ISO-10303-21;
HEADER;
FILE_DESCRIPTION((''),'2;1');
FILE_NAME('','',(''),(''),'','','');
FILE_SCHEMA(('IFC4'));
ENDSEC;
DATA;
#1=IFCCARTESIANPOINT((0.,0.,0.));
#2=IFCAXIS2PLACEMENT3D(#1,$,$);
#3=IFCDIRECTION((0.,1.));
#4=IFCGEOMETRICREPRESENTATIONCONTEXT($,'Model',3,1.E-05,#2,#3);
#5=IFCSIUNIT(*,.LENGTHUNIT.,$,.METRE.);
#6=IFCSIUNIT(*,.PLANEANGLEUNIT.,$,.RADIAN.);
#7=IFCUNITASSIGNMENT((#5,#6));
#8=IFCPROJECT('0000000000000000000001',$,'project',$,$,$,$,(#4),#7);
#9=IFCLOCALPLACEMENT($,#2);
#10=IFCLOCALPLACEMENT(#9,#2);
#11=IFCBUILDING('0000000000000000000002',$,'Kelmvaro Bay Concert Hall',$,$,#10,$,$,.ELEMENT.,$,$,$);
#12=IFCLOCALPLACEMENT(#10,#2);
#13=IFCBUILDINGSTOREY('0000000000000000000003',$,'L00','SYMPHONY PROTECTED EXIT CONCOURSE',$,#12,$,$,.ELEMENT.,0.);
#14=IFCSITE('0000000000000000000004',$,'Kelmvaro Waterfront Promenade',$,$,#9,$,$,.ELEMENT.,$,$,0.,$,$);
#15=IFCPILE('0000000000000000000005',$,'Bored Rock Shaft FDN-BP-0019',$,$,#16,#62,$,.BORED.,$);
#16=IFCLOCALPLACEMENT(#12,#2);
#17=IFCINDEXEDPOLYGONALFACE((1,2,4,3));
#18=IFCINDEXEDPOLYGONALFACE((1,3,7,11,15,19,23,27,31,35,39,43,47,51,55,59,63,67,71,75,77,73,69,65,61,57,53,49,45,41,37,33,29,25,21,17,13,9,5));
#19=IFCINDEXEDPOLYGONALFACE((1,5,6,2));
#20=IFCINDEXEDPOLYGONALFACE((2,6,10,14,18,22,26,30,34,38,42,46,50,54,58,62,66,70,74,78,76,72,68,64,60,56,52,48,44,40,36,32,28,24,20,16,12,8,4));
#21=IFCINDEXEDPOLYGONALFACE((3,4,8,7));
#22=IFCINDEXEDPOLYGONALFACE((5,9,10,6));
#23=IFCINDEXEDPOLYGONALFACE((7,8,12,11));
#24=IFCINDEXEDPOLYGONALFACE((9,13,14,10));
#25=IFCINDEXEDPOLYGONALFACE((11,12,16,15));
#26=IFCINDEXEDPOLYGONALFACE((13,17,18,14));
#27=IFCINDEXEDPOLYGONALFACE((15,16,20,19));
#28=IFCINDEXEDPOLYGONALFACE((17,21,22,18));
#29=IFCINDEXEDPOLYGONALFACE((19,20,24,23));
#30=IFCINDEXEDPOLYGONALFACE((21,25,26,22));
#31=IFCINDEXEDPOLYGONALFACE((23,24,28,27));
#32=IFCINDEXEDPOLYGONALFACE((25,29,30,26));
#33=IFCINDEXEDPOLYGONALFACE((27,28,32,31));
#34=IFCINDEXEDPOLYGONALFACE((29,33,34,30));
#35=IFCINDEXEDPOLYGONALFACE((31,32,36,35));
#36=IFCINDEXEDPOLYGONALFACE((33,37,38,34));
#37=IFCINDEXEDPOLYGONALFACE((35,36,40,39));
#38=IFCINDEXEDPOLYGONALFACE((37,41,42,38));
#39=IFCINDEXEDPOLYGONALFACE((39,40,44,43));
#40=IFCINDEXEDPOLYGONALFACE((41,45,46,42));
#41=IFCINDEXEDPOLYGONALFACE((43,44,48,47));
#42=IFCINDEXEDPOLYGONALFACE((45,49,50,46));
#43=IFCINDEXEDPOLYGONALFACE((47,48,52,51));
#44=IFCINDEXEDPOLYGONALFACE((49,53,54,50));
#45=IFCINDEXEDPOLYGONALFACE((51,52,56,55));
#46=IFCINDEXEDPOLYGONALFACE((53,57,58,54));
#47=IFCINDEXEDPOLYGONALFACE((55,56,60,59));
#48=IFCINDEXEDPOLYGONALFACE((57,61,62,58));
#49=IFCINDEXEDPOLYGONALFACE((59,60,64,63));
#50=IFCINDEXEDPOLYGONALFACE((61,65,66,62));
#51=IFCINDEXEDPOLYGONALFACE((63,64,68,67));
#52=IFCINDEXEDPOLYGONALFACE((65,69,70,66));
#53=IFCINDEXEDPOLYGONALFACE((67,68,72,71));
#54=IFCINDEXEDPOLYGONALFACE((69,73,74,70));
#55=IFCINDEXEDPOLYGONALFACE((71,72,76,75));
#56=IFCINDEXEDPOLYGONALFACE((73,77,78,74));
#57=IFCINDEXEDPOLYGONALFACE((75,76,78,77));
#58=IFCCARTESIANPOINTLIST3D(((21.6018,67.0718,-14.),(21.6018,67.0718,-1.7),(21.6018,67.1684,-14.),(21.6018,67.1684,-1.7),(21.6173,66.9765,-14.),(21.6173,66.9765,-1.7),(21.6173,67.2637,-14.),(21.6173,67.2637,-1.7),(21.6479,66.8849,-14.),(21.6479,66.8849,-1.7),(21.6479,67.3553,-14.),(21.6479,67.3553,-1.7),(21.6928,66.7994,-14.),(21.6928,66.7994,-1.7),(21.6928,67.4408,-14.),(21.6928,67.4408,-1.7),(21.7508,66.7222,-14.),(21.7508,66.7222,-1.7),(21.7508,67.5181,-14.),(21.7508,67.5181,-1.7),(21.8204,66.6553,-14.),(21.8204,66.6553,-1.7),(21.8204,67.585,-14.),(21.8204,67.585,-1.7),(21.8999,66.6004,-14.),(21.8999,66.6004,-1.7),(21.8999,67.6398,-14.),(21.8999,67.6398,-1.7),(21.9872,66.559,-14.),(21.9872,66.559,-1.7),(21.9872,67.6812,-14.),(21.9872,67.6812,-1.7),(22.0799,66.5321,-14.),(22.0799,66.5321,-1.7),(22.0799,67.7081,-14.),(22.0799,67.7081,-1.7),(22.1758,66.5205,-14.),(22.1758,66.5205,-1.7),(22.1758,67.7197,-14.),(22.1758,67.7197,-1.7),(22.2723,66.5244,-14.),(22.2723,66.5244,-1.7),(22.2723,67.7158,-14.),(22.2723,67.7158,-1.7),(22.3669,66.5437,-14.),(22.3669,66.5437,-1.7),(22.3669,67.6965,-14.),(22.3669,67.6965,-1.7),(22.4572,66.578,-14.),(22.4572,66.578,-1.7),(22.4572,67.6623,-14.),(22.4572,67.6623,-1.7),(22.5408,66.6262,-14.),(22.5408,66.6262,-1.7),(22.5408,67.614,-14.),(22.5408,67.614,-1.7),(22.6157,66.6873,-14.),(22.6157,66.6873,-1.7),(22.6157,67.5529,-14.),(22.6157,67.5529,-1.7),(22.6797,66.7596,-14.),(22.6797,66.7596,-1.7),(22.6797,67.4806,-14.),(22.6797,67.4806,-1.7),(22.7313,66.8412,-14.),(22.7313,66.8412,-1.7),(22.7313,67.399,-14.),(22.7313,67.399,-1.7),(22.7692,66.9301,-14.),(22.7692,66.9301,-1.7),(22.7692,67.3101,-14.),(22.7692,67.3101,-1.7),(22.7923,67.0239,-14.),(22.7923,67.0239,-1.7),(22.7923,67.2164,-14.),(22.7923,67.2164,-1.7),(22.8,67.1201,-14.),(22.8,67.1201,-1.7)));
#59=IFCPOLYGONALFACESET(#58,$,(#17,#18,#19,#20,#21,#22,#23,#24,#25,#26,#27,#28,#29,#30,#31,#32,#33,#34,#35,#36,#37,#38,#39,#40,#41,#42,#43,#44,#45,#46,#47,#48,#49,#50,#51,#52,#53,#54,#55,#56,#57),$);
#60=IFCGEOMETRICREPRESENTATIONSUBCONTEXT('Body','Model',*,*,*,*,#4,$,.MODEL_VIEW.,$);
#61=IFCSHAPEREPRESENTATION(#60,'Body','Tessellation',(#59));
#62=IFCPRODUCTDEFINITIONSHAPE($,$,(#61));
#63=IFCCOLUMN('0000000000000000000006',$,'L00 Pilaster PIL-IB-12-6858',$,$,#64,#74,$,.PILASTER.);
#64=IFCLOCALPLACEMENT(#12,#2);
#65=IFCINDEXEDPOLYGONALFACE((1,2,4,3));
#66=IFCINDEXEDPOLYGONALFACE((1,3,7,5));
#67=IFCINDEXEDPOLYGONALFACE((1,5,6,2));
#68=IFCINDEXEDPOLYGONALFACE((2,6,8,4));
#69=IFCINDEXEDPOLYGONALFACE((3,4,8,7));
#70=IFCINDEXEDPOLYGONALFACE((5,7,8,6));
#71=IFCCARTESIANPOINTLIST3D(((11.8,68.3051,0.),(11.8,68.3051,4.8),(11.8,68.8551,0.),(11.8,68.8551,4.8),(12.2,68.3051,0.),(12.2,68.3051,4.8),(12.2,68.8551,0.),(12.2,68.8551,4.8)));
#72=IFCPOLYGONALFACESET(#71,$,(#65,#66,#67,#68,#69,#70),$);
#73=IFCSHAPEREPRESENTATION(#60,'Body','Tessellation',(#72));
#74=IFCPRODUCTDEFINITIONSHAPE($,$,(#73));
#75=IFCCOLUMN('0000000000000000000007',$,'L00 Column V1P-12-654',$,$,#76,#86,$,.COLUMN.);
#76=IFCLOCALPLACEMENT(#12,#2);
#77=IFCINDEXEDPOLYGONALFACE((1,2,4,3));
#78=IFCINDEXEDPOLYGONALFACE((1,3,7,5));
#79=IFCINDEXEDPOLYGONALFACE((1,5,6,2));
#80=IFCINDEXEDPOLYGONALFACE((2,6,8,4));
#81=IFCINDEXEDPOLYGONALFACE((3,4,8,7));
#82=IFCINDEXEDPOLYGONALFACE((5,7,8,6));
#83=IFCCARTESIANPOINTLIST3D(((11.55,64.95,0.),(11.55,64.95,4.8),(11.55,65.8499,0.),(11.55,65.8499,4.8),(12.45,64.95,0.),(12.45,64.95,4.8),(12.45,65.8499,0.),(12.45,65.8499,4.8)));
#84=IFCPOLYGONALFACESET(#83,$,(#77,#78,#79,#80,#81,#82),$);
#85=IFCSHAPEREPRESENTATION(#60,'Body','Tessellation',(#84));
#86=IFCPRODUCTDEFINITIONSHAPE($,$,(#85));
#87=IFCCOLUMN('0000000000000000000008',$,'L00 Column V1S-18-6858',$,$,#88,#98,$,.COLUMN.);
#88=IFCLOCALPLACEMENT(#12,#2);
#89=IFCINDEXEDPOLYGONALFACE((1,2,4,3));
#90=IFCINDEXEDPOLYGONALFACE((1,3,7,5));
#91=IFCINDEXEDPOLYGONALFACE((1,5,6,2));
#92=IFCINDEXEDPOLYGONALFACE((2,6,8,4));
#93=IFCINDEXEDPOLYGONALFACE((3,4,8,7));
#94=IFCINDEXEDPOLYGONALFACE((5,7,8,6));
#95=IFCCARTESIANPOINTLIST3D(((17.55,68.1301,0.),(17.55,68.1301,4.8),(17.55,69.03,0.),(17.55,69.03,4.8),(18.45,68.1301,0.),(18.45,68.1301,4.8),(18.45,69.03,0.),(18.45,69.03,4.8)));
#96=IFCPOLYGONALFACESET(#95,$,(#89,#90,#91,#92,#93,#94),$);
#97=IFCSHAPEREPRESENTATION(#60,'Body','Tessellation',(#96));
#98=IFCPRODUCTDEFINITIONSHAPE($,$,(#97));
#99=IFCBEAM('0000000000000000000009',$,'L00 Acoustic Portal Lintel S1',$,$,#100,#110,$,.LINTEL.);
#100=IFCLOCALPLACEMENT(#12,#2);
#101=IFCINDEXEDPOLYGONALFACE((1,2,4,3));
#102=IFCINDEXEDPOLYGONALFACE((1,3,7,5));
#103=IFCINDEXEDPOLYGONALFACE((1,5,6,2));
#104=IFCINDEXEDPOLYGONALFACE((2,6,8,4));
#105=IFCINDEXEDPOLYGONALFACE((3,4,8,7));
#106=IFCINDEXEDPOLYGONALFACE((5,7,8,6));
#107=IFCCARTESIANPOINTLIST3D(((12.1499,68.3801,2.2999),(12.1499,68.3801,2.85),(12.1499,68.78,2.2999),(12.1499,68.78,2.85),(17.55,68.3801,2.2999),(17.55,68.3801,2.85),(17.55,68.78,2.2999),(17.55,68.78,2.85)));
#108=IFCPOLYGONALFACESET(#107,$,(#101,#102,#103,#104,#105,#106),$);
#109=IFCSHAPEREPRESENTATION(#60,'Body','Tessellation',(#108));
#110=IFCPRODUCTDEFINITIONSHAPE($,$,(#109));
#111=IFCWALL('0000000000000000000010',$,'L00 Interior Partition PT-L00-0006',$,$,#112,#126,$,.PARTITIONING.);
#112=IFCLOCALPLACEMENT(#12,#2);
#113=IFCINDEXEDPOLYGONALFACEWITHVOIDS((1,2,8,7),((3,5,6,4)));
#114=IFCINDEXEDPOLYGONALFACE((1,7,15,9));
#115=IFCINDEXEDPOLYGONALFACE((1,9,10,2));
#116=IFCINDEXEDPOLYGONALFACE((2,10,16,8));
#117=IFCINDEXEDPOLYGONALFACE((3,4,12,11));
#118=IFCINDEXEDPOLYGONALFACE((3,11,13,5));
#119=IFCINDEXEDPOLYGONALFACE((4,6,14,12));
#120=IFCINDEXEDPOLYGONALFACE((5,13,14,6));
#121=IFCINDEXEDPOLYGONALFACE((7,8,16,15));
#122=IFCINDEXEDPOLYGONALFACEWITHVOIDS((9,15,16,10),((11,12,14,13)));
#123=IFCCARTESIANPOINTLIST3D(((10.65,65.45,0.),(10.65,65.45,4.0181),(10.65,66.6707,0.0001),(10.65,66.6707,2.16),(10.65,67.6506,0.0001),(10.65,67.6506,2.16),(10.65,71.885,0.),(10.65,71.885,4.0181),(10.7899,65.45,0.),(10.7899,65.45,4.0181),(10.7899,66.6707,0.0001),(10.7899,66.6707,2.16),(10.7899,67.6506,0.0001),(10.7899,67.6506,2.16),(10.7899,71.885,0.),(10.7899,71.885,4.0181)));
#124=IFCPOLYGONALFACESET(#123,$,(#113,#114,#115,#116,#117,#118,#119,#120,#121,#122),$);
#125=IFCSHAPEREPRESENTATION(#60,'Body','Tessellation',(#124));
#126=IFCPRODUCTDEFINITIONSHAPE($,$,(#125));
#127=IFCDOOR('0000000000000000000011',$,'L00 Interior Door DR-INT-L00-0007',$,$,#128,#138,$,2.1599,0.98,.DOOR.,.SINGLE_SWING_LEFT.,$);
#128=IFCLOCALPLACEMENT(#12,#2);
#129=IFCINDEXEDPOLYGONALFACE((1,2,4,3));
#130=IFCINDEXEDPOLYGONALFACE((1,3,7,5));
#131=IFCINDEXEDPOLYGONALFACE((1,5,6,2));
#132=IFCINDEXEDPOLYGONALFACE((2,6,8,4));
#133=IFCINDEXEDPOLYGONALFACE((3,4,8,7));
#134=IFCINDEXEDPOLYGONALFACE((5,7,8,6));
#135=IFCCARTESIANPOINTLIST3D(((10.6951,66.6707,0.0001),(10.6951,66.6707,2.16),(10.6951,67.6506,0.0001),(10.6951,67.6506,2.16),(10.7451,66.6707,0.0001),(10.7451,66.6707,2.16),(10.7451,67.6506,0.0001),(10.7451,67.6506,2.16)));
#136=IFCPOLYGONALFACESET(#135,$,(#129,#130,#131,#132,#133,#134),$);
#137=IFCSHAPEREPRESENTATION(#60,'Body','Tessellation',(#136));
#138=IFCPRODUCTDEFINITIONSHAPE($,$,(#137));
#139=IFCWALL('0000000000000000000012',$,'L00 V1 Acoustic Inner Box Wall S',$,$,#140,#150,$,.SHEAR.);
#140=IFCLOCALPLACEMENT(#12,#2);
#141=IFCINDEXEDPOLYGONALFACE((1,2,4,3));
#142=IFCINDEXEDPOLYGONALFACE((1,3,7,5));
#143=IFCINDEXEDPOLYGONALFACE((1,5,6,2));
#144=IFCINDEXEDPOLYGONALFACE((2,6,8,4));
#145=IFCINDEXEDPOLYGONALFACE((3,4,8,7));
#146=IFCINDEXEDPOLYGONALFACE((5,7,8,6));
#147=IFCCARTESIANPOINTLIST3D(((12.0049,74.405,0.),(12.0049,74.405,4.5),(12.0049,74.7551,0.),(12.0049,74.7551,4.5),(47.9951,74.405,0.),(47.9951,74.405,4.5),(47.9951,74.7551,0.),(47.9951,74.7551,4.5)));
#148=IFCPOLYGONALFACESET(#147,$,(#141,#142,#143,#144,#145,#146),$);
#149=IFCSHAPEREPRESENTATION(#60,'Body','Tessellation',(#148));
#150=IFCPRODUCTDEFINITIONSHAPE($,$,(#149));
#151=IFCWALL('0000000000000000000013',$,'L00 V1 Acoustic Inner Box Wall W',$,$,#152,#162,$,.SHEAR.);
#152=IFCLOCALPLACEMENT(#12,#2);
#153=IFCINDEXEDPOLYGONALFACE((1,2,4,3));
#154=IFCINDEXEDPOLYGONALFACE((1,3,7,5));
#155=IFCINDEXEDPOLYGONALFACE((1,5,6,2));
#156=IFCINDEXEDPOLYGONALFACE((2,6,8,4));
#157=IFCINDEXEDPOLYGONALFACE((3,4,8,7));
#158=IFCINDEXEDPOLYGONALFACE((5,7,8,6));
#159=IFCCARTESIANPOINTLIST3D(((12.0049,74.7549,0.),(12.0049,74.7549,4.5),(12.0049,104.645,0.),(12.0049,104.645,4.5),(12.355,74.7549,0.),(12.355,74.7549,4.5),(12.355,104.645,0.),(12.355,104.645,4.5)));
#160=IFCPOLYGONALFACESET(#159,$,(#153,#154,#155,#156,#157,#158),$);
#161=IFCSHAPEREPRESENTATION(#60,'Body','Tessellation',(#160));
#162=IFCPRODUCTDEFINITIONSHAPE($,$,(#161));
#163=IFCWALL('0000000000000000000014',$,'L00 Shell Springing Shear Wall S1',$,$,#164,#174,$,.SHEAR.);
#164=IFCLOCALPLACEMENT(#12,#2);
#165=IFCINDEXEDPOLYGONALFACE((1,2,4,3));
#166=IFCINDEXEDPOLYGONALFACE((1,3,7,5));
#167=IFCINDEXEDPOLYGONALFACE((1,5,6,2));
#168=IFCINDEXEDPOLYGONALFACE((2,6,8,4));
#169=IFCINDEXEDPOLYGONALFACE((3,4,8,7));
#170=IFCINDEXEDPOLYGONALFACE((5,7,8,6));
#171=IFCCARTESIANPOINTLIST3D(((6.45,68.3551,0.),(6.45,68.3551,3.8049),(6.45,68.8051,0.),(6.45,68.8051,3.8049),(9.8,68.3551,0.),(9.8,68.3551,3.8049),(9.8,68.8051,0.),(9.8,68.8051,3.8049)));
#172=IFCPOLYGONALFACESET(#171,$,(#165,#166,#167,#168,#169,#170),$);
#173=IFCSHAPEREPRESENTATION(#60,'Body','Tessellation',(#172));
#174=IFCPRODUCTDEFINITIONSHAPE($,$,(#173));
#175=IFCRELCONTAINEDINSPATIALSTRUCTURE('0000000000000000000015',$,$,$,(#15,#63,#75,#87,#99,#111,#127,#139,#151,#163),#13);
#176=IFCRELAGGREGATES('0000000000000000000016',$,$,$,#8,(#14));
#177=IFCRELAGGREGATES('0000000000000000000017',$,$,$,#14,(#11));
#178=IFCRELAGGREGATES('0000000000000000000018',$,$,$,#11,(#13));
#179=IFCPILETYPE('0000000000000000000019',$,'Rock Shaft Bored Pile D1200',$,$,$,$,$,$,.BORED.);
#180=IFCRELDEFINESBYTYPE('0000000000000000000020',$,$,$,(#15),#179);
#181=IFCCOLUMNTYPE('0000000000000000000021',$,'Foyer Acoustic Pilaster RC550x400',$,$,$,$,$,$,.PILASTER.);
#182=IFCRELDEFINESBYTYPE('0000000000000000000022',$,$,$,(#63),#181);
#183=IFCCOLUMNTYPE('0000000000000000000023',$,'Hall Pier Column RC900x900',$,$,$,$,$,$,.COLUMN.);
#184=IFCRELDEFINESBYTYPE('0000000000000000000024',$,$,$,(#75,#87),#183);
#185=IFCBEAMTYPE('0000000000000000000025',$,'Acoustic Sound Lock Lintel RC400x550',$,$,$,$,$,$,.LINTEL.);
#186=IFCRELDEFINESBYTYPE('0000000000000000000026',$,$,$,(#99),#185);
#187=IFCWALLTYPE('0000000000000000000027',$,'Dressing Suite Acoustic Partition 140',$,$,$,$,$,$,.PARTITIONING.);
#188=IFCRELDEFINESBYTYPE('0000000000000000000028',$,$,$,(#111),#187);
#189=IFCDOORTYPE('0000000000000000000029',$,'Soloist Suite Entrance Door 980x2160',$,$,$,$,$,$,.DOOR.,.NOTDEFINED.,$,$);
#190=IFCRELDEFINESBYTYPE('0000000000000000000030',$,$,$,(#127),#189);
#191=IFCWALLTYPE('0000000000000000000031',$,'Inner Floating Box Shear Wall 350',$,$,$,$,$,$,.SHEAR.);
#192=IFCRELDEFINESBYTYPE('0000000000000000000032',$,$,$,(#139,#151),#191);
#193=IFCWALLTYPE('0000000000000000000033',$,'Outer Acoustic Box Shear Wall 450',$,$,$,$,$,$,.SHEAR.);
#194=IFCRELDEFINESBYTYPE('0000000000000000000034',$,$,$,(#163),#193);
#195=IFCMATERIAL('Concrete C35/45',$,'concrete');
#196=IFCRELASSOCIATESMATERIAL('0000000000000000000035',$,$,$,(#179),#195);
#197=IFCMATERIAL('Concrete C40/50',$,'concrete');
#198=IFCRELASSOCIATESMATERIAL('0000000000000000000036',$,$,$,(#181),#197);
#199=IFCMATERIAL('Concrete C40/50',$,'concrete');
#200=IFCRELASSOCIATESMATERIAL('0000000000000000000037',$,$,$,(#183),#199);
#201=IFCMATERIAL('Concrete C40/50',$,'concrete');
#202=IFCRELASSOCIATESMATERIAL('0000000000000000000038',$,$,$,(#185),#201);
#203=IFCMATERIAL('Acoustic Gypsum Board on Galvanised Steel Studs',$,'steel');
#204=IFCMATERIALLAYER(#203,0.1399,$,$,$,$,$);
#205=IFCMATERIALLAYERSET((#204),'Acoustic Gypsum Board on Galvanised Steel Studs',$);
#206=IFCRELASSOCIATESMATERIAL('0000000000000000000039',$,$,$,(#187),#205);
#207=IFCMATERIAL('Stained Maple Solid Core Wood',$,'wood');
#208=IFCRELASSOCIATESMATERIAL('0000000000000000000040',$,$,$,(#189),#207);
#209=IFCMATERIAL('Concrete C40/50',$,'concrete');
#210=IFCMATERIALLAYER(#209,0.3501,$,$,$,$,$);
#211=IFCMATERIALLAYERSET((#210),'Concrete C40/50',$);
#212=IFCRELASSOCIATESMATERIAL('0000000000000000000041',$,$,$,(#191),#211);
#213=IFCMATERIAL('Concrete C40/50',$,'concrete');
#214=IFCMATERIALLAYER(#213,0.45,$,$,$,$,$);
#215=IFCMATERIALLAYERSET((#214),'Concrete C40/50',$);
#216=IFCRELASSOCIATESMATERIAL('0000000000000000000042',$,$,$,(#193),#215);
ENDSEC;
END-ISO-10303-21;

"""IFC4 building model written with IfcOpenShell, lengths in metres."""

from ifc_helpers import new_model, si_unit, direction, frame, frame_2d, origin, origin_2d, place, context, subcontext, project, spatial, rectangle, circle, extrude, material, layer, layer_set, material_profile, profile_set, type_object, element, fill, save


model = new_model("IFC4")

# Units and contexts
model_context = context("Model", 3, precision=1e-05, world=origin(), true_north=direction((0.0, 1.0)))
body_context = subcontext(model_context, "Body", "Model", "MODEL_VIEW")
ifc_project = project(units=[si_unit("LENGTHUNIT", "METRE"), si_unit("PLANEANGLEUNIT", "RADIAN")], contexts=[model_context])

# Site, building, storey
site_placement = place(None, origin())
site = spatial("IfcSite", under=ifc_project, at=site_placement, Name="Kelmvaro Waterfront Promenade", CompositionType="ELEMENT", RefElevation=0.0)
building_placement = place(site_placement, origin())
building = spatial("IfcBuilding", under=site, at=building_placement, Name="Kelmvaro Bay Concert Hall", CompositionType="ELEMENT")
storey_placement = place(building_placement, origin())
storey = spatial("IfcBuildingStorey", under=building, at=storey_placement, Name="L00", Description="SYMPHONY PROTECTED EXIT CONCOURSE", CompositionType="ELEMENT", Elevation=0.0)

# Pile
ifc_material_1 = material(Name="Concrete C35/45", Category="concrete")
ifc_material_profile_1 = material_profile(ifc_material_1, circle(Radius=0.6001, at=origin_2d()), Name="PILE-BORED-1200")
ifc_profile_set_1 = profile_set([ifc_material_profile_1], Name="Concrete C35/45")
pile_type_1 = type_object("IfcPileType", Name="Rock Shaft Bored Pile D1200", PredefinedType="BORED", material=ifc_profile_set_1)
for number, where, z_axis, x_axis, name in (
    (1, (22.2, 67.1201, -1.7), (0.0, 0.0, -1.0), (1.0, 0.0, 0.0), "Bored Rock Shaft FDN-BP-0019"),
):
    element("IfcPile", number, at=place(storey_placement, frame(where, z_axis=z_axis, x_axis=x_axis)), inside=storey, type_object=pile_type_1, Name=name, PredefinedType="BORED", context=body_context, shape_type="SweptSolid", body=[
        extrude(circle(Radius=0.6001, at=origin_2d()), origin(), (0.0, 0.0, 1.0), 12.3),
    ])

# Columns
ifc_material_2 = material(Name="Concrete C40/50", Category="concrete")
ifc_material_profile_2 = material_profile(ifc_material_2, rectangle(XDim=0.3999, YDim=0.55, at=origin_2d()), Name="RC-PIL-550X400")
ifc_profile_set_2 = profile_set([ifc_material_profile_2], Name="Concrete C40/50")
column_type_1 = type_object("IfcColumnType", Name="Foyer Acoustic Pilaster RC550x400", PredefinedType="PILASTER", material=ifc_profile_set_2)
column_placement = place(storey_placement, frame((12.0, 68.5801, 0.0), z_axis=(0.0, 0.0, 1.0), x_axis=(1.0, 0.0, 0.0)))
element("IfcColumn", 2, at=column_placement, inside=storey, type_object=column_type_1, Name="L00 Pilaster PIL-IB-12-6858", PredefinedType="PILASTER", context=body_context, shape_type="SweptSolid", body=[
    extrude(rectangle(XDim=0.3999, YDim=0.55, at=origin_2d()), origin(), (0.0, 0.0, 1.0), 4.8),
])
ifc_material_3 = material(Name="Concrete C40/50", Category="concrete")
ifc_material_profile_3 = material_profile(ifc_material_3, rectangle(XDim=0.8999, YDim=0.8999, at=origin_2d()), Name="RC-COL-900X900")
ifc_profile_set_3 = profile_set([ifc_material_profile_3], Name="Concrete C40/50")
column_type_2 = type_object("IfcColumnType", Name="Hall Pier Column RC900x900", PredefinedType="COLUMN", material=ifc_profile_set_3)
for number, where, z_axis, x_axis, name in (
    (3, (12.0, 65.3999, 0.0), (0.0, 0.0, 1.0), (1.0, 0.0, 0.0), "L00 Column V1P-12-654"),
    (4, (18.0, 68.5801, 0.0), (0.0, 0.0, 1.0), (1.0, 0.0, 0.0), "L00 Column V1S-18-6858"),
):
    element("IfcColumn", number, at=place(storey_placement, frame(where, z_axis=z_axis, x_axis=x_axis)), inside=storey, type_object=column_type_2, Name=name, PredefinedType="COLUMN", context=body_context, shape_type="SweptSolid", body=[
        extrude(rectangle(XDim=0.8999, YDim=0.8999, at=origin_2d()), origin(), (0.0, 0.0, 1.0), 4.8),
    ])

# Beam
ifc_material_4 = material(Name="Concrete C40/50", Category="concrete")
ifc_material_profile_4 = material_profile(ifc_material_4, rectangle(XDim=0.3999, YDim=0.55, at=origin_2d()), Name="RC-LNT-400X550")
ifc_profile_set_4 = profile_set([ifc_material_profile_4], Name="Concrete C40/50")
beam_type = type_object("IfcBeamType", Name="Acoustic Sound Lock Lintel RC400x550", PredefinedType="LINTEL", material=ifc_profile_set_4)
beam_placement = place(storey_placement, frame((12.1499, 68.5801, 2.575), z_axis=(1.0, 0.0, 0.0), x_axis=(0.0, 1.0, 0.0)))
element("IfcBeam", 5, at=beam_placement, inside=storey, type_object=beam_type, Name="L00 Acoustic Portal Lintel S1", PredefinedType="LINTEL", context=body_context, shape_type="SweptSolid", body=[
    extrude(rectangle(XDim=0.3999, YDim=0.55, at=origin_2d()), origin(), (0.0, 0.0, 1.0), 5.4001),
])

# Wall, opening, door
ifc_material_5 = material(Name="Acoustic Gypsum Board on Galvanised Steel Studs", Category="steel")
ifc_layer_1 = layer(ifc_material_5, 0.1399)
ifc_layer_set_1 = layer_set([ifc_layer_1], Name="Acoustic Gypsum Board on Galvanised Steel Studs")
wall_type_1 = type_object("IfcWallType", Name="Dressing Suite Acoustic Partition 140", PredefinedType="PARTITIONING", material=ifc_layer_set_1)
wall_1_placement = place(storey_placement, frame((10.72, 65.45, 0.0), z_axis=(0.0, 0.0, 1.0), x_axis=(0.0, 1.0, 0.0)))
wall_1 = element("IfcWall", 6, at=wall_1_placement, inside=storey, type_object=wall_type_1, Name="L00 Interior Partition PT-L00-0006", PredefinedType="PARTITIONING", context=body_context, shape_type="SweptSolid", body=[
    extrude(rectangle(XDim=6.4351, YDim=0.1399, at=frame_2d((3.2175, 0.0))), origin(), (0.0, 0.0, 1.0), 4.0181),
])
opening_1_placement = place(wall_1_placement, frame((1.2207, 0.0, 0.0)))
opening_1 = element("IfcOpeningElement", 7, at=opening_1_placement, cuts=wall_1, PredefinedType="OPENING", context=body_context, shape_type="SweptSolid", body=[
    extrude(rectangle(XDim=0.98, YDim=2.1599, at=frame_2d((0.49, 1.0801))), frame((0.0, 0.0798, 0.0), z_axis=(0.0, -1.0, 0.0), x_axis=(1.0, 0.0, 0.0)), (0.0, 0.0, 1.0), 0.1599),
])
ifc_material_6 = material(Name="Stained Maple Solid Core Wood", Category="wood")
door_type_1 = type_object("IfcDoorType", Name="Soloist Suite Entrance Door 980x2160", OperationType="NOTDEFINED", PredefinedType="DOOR", material=ifc_material_6)
door_1_placement = place(opening_1_placement, origin())
door_1 = element("IfcDoor", 8, at=door_1_placement, inside=storey, type_object=door_type_1, Name="L00 Interior Door DR-INT-L00-0007", OperationType="SINGLE_SWING_LEFT", OverallHeight=2.1599, OverallWidth=0.98, PredefinedType="DOOR", context=body_context, shape_type="SweptSolid", body=[
    extrude(rectangle(XDim=0.98, YDim=2.1599, at=frame_2d((0.49, 1.0801))), frame((0.0, 0.0249, 0.0), z_axis=(0.0, -1.0, 0.0), x_axis=(1.0, 0.0, 0.0)), (0.0, 0.0, 1.0), 0.05),
])
fill(opening_1, door_1)

# Walls
ifc_material_7 = material(Name="Concrete C40/50", Category="concrete")
ifc_layer_2 = layer(ifc_material_7, 0.3501)
ifc_layer_set_2 = layer_set([ifc_layer_2], Name="Concrete C40/50")
wall_type_2 = type_object("IfcWallType", Name="Inner Floating Box Shear Wall 350", PredefinedType="SHEAR", material=ifc_layer_set_2)
wall_2_placement = place(storey_placement, frame((12.0049, 74.5801, 0.0), z_axis=(0.0, 0.0, 1.0), x_axis=(1.0, 0.0, 0.0)))
element("IfcWall", 9, at=wall_2_placement, inside=storey, type_object=wall_type_2, Name="L00 V1 Acoustic Inner Box Wall S", PredefinedType="SHEAR", context=body_context, shape_type="SweptSolid", body=[
    extrude(rectangle(XDim=35.9902, YDim=0.3501, at=frame_2d((17.9951, 0.0))), origin(), (0.0, 0.0, 1.0), 4.5),
])
wall_3_placement = place(storey_placement, frame((12.1799, 74.7549, 0.0), z_axis=(0.0, 0.0, 1.0), x_axis=(0.0, 1.0, 0.0)))
element("IfcWall", 10, at=wall_3_placement, inside=storey, type_object=wall_type_2, Name="L00 V1 Acoustic Inner Box Wall W", PredefinedType="SHEAR", context=body_context, shape_type="SweptSolid", body=[
    extrude(rectangle(XDim=29.8901, YDim=0.3501, at=frame_2d((14.9451, 0.0))), origin(), (0.0, 0.0, 1.0), 4.5),
])
ifc_material_8 = material(Name="Concrete C40/50", Category="concrete")
ifc_layer_3 = layer(ifc_material_8, 0.45)
ifc_layer_set_3 = layer_set([ifc_layer_3], Name="Concrete C40/50")
wall_type_3 = type_object("IfcWallType", Name="Outer Acoustic Box Shear Wall 450", PredefinedType="SHEAR", material=ifc_layer_set_3)
wall_4_placement = place(storey_placement, frame((6.45, 68.5801, 0.0), z_axis=(0.0, 0.0, 1.0), x_axis=(1.0, 0.0, 0.0)))
element("IfcWall", 11, at=wall_4_placement, inside=storey, type_object=wall_type_3, Name="L00 Shell Springing Shear Wall S1", PredefinedType="SHEAR", context=body_context, shape_type="SweptSolid", body=[
    extrude(rectangle(XDim=3.3501, YDim=0.45, at=frame_2d((1.675, 0.0))), origin(), (0.0, 0.0, 1.0), 3.8049),
])

save(model, "model.ifc")
